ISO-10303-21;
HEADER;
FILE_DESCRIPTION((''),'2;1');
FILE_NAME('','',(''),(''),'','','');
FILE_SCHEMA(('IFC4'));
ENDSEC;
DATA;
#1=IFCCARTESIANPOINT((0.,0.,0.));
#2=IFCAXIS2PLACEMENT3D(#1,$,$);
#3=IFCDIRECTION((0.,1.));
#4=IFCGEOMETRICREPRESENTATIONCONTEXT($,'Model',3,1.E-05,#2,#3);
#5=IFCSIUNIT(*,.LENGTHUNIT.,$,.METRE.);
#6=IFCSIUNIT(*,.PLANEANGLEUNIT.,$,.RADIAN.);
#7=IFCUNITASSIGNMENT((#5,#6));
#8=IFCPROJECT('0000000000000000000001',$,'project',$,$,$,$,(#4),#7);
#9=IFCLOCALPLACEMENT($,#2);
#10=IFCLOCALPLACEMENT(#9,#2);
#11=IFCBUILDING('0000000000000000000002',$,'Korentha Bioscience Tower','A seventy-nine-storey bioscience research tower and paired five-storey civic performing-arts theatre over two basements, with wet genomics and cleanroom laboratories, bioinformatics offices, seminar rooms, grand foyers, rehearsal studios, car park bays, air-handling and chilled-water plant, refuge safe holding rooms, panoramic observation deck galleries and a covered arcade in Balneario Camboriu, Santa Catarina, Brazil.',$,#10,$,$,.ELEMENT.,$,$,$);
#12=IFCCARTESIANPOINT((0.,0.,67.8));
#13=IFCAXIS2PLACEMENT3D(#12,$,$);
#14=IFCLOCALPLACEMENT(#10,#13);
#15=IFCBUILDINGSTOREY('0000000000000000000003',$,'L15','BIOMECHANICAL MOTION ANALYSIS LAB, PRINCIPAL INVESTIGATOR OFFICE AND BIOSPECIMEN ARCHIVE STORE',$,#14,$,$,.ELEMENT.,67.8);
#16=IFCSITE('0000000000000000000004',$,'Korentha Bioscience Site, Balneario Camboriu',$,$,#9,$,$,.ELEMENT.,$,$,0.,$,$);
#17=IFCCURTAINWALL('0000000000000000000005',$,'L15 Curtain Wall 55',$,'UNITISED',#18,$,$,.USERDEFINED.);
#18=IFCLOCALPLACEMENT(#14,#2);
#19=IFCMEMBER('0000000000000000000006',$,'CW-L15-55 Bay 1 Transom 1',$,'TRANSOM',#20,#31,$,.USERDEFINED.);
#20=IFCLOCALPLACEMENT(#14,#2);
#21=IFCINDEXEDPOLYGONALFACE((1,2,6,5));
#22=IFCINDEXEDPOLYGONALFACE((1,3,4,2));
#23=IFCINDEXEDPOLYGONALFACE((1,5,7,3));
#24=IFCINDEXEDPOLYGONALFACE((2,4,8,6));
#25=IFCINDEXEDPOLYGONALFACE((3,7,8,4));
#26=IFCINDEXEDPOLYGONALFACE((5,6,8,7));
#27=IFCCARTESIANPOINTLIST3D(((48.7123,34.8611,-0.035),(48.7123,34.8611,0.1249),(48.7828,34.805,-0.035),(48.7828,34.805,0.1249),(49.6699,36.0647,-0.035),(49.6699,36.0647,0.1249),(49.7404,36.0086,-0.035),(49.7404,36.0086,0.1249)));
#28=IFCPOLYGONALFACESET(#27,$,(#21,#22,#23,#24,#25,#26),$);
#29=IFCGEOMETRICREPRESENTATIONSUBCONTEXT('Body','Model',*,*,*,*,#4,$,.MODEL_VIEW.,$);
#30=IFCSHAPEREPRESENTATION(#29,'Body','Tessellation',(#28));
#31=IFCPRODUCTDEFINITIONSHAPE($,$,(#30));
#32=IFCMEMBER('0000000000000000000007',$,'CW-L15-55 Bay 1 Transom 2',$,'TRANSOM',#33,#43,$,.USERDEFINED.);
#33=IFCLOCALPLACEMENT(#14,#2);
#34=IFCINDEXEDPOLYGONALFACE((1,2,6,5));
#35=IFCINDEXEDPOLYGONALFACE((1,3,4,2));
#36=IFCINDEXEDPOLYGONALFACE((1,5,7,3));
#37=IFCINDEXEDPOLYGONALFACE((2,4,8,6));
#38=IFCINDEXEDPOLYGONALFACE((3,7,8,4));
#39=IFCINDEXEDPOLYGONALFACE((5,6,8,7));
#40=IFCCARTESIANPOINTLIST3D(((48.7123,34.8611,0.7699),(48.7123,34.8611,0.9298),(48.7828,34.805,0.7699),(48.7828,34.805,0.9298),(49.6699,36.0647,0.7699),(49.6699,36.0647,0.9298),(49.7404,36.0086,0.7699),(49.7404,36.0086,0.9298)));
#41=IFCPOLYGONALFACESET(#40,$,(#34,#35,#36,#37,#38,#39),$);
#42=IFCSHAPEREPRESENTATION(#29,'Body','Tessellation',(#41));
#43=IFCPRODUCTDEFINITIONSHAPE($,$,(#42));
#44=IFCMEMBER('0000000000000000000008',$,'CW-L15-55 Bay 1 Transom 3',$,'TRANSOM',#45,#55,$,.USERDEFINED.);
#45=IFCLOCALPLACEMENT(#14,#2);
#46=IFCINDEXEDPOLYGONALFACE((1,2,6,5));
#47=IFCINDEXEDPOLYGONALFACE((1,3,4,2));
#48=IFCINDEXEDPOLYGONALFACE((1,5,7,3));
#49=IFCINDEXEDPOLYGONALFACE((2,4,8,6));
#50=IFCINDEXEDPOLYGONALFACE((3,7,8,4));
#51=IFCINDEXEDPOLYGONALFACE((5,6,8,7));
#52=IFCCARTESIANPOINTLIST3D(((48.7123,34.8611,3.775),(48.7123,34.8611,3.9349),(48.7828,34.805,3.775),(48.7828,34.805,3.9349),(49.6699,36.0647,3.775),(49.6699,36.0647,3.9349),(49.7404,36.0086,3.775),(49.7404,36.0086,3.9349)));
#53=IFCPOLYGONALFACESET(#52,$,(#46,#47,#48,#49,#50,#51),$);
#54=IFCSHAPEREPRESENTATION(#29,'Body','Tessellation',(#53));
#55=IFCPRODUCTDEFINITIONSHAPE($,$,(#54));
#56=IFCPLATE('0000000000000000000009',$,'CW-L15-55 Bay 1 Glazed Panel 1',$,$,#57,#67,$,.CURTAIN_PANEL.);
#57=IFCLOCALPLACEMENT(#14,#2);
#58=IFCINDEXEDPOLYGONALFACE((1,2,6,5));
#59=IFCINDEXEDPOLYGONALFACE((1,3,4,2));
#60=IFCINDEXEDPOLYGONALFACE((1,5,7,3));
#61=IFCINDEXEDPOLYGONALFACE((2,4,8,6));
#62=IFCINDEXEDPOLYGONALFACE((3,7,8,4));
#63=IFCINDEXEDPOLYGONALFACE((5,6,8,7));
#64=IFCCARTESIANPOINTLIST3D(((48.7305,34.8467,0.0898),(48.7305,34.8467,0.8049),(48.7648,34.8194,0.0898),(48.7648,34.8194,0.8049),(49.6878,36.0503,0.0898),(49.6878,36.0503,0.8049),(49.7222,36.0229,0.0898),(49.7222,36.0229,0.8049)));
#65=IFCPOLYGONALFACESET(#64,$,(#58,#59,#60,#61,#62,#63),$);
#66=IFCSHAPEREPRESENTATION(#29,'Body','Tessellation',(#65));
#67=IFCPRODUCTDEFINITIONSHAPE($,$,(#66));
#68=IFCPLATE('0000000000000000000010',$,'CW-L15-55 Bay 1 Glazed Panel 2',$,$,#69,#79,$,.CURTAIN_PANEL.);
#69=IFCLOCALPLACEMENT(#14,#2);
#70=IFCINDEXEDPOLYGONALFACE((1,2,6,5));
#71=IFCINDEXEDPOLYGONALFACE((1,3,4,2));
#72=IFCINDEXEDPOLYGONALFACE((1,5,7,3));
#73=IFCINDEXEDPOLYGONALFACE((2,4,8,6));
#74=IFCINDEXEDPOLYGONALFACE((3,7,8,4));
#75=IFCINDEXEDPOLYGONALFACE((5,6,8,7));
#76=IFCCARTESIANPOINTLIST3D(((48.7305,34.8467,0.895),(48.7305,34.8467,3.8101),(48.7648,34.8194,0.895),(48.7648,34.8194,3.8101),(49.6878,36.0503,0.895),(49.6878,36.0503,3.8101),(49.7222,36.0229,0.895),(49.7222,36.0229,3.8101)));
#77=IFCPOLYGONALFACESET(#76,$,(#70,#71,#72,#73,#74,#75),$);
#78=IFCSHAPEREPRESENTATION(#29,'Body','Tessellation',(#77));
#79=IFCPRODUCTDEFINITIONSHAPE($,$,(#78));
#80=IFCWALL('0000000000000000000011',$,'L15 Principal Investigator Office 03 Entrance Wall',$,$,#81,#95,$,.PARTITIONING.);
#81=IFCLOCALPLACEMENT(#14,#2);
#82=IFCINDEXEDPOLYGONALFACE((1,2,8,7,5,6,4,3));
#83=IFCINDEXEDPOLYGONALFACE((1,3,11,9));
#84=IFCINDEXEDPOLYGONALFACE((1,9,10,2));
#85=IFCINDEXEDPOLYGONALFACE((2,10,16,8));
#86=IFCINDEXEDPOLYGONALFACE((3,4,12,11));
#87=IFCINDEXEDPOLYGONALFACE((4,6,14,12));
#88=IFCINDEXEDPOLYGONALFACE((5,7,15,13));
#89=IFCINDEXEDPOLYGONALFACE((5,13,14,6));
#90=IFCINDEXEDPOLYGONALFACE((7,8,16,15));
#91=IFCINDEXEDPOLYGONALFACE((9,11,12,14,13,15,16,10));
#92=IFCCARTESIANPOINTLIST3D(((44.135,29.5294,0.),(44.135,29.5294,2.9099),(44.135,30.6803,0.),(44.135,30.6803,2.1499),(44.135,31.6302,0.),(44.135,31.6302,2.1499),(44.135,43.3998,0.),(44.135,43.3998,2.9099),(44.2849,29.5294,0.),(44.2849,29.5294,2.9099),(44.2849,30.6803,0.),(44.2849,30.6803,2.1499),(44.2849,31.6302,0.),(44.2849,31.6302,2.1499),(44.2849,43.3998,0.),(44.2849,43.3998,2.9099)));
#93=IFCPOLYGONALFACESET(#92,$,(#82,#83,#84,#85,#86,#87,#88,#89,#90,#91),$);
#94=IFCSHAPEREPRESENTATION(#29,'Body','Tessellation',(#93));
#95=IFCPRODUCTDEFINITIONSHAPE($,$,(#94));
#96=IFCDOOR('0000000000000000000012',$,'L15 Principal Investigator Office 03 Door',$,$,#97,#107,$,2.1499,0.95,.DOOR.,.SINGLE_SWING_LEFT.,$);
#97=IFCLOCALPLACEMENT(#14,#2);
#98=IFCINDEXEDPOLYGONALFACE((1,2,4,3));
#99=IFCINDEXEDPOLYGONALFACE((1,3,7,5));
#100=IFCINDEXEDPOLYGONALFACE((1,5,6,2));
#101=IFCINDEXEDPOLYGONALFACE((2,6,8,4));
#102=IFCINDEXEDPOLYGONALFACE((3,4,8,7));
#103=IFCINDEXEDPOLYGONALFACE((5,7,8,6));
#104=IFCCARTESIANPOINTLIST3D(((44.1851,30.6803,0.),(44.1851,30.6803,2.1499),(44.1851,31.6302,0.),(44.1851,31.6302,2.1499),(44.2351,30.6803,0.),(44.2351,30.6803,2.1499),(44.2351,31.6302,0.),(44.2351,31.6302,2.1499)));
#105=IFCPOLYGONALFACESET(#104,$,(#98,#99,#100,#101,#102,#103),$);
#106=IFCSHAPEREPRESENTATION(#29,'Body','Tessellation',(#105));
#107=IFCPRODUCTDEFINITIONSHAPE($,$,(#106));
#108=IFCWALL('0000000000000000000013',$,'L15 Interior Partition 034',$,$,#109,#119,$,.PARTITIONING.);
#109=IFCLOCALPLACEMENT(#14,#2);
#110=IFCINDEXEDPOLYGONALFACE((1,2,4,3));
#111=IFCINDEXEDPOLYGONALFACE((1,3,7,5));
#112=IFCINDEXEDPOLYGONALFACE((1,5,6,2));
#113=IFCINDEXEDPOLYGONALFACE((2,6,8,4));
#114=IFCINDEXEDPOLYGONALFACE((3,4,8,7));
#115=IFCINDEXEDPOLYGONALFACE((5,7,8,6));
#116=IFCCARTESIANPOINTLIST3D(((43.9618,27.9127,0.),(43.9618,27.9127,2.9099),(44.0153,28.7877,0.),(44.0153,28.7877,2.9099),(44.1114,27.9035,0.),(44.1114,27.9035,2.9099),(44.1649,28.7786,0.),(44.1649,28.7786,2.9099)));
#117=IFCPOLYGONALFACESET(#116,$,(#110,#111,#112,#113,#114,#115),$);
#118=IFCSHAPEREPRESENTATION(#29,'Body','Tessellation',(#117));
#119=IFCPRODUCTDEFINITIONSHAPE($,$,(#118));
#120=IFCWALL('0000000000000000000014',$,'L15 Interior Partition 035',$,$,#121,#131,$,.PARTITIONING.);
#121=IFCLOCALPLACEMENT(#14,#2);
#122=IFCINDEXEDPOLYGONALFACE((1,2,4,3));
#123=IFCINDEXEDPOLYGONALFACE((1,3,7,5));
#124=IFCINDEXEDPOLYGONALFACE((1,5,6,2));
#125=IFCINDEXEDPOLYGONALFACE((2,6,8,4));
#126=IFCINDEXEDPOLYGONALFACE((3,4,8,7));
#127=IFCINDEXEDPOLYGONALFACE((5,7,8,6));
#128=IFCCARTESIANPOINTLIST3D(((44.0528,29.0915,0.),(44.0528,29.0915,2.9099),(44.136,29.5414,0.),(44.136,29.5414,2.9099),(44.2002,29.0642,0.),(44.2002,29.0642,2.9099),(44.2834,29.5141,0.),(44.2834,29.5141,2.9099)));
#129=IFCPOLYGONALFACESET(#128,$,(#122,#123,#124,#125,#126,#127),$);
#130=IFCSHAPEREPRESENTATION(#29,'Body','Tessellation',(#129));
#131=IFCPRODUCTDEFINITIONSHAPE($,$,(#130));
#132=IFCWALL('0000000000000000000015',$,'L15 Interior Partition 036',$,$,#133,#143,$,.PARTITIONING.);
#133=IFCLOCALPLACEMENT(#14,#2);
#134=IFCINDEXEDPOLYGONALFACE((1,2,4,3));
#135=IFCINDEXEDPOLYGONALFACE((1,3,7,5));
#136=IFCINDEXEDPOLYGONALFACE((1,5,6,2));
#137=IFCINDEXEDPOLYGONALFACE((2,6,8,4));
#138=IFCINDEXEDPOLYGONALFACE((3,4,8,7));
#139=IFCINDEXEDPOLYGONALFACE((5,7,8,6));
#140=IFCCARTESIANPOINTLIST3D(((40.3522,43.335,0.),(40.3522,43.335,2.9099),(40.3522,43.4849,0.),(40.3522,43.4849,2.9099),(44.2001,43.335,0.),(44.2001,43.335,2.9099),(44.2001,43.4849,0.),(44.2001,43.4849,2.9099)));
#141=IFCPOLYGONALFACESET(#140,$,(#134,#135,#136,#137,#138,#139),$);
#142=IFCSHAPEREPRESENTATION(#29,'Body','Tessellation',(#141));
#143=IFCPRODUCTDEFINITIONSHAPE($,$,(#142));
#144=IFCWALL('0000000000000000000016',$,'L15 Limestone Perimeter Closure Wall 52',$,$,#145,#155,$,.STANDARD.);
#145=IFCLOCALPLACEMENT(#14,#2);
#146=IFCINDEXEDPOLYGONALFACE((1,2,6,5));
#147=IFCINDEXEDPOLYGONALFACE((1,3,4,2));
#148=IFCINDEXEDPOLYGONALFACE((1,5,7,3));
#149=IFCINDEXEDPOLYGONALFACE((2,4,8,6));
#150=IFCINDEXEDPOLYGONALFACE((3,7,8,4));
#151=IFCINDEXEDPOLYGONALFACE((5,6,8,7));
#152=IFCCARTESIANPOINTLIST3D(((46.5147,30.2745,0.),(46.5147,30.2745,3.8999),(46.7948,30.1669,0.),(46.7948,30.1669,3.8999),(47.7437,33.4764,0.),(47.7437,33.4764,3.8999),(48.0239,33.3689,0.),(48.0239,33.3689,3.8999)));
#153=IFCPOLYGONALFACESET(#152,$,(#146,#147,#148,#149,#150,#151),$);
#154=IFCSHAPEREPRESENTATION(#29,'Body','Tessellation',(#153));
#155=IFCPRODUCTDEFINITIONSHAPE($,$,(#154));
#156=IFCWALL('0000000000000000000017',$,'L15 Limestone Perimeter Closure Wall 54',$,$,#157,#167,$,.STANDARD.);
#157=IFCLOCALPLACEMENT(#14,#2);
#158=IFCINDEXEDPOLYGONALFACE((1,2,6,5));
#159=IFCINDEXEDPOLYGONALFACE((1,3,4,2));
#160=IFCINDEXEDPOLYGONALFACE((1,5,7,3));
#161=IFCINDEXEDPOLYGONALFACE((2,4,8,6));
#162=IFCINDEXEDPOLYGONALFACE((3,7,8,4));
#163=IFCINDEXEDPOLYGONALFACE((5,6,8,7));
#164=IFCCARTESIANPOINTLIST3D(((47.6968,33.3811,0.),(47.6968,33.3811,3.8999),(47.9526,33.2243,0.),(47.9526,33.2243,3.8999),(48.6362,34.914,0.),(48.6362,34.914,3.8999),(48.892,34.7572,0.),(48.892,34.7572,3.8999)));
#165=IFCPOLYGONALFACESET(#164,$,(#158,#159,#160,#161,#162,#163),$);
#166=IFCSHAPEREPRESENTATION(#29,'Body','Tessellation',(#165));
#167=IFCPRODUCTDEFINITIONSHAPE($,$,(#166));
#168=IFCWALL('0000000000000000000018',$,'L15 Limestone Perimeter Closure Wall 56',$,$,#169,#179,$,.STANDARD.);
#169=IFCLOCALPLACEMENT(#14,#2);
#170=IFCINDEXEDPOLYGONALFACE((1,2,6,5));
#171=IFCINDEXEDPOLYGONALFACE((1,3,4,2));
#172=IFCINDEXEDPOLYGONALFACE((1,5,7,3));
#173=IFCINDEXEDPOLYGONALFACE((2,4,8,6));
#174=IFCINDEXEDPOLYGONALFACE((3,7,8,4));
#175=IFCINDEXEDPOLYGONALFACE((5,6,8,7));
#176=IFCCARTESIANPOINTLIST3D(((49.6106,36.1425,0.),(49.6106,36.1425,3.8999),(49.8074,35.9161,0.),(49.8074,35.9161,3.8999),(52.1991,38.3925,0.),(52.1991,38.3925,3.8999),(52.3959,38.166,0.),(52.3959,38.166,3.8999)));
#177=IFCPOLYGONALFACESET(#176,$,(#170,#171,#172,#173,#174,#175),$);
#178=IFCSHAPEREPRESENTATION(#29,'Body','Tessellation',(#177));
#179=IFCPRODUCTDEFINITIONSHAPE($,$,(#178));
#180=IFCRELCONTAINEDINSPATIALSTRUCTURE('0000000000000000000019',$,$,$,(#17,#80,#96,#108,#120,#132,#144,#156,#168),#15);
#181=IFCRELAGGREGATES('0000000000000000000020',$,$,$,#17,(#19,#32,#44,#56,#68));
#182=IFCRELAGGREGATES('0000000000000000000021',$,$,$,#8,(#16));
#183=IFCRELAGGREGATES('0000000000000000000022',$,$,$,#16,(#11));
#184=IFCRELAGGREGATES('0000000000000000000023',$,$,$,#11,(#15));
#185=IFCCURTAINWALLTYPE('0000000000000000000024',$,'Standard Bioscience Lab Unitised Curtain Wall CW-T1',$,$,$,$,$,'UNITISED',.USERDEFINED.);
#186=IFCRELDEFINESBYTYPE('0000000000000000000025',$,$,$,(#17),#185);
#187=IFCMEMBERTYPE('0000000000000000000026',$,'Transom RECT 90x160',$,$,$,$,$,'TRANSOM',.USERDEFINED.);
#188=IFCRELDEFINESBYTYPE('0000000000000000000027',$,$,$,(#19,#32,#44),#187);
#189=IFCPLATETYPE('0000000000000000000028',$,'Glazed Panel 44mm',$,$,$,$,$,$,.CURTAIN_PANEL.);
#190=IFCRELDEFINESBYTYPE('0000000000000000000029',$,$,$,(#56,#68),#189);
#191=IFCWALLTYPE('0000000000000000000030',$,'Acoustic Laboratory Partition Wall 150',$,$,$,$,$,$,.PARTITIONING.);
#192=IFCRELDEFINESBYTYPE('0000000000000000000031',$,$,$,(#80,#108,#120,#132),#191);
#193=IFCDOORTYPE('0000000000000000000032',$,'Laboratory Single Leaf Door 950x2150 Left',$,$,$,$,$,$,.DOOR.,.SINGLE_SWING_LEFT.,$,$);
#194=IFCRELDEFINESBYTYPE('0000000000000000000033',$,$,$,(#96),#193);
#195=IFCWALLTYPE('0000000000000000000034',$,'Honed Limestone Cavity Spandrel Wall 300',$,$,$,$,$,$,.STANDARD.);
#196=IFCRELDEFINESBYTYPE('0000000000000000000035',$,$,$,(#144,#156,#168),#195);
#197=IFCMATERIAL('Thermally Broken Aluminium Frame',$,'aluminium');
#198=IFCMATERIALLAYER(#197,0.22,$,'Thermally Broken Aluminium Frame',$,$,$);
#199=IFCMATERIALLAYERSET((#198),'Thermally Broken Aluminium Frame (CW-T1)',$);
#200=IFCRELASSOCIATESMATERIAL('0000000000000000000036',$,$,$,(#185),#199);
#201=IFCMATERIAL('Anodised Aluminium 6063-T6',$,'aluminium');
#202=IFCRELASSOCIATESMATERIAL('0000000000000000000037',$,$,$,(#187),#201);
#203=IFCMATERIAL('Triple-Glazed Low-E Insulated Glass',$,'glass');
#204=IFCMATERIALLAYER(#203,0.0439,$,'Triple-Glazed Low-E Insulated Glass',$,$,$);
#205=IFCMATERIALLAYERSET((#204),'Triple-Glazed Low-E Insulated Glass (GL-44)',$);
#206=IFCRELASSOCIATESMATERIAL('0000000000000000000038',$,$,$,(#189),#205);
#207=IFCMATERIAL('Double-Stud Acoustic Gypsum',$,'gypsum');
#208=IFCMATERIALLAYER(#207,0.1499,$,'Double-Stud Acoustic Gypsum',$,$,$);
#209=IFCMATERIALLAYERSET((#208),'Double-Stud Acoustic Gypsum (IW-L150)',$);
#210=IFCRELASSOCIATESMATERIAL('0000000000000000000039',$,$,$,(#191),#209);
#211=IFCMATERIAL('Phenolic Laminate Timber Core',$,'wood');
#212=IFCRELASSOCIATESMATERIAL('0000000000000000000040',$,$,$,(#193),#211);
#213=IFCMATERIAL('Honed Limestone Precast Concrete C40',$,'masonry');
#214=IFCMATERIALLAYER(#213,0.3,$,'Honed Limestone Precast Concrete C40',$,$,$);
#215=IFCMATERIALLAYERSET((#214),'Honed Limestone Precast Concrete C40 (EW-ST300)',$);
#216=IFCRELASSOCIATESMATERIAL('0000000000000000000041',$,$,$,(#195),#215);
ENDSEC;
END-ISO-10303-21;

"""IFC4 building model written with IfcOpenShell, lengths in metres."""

from ifc_helpers import new_model, si_unit, direction, frame, frame_2d, origin, origin_2d, place, context, subcontext, project, spatial, rectangle, extrude, material, layer, layer_set, material_profile, profile_set, type_object, element, fill, aggregate, save


model = new_model("IFC4")

# Units and contexts
model_context = context("Model", 3, precision=1e-05, world=origin(), true_north=direction((0.0, 1.0)))
body_context = subcontext(model_context, "Body", "Model", "MODEL_VIEW")
ifc_project = project(units=[si_unit("LENGTHUNIT", "METRE"), si_unit("PLANEANGLEUNIT", "RADIAN")], contexts=[model_context])

# Site, building, storey
site_placement = place(None, origin())
site = spatial("IfcSite", under=ifc_project, at=site_placement, Name="Korentha Bioscience Site, Balneario Camboriu", CompositionType="ELEMENT", RefElevation=0.0)
building_placement = place(site_placement, origin())
building = spatial("IfcBuilding", under=site, at=building_placement, Name="Korentha Bioscience Tower", Description="A seventy-nine-storey bioscience research tower and paired five-storey civic performing-arts theatre over two basements, with wet genomics and cleanroom laboratories, bioinformatics offices, seminar rooms, grand foyers, rehearsal studios, car park bays, air-handling and chilled-water plant, refuge safe holding rooms, panoramic observation deck galleries and a covered arcade in Balneario Camboriu, Santa Catarina, Brazil.", CompositionType="ELEMENT")
storey_placement = place(building_placement, frame((0.0, 0.0, 67.8)))
storey = spatial("IfcBuildingStorey", under=building, at=storey_placement, Name="L15", Description="BIOMECHANICAL MOTION ANALYSIS LAB, PRINCIPAL INVESTIGATOR OFFICE AND BIOSPECIMEN ARCHIVE STORE", CompositionType="ELEMENT", Elevation=67.8)

# Shared definitions
ifc_material_1 = material(Name="Thermally Broken Aluminium Frame", Category="aluminium")
ifc_layer_1 = layer(ifc_material_1, 0.22, Name="Thermally Broken Aluminium Frame")
ifc_layer_set_1 = layer_set([ifc_layer_1], Name="Thermally Broken Aluminium Frame (CW-T1)")
curtain_wall_type = type_object("IfcCurtainWallType", Name="Standard Bioscience Lab Unitised Curtain Wall CW-T1", ElementType="UNITISED", PredefinedType="USERDEFINED", material=ifc_layer_set_1)
ifc_material_2 = material(Name="Anodised Aluminium 6063-T6", Category="aluminium")

# Curtain wall
curtain_wall_1_placement = place(storey_placement, origin())
curtain_wall_1 = element("IfcCurtainWall", 1, at=curtain_wall_1_placement, inside=storey, type_object=curtain_wall_type, Name="L15 Curtain Wall 55", ObjectType="UNITISED", PredefinedType="USERDEFINED")

# Members
ifc_material_profile_1 = material_profile(ifc_material_2, rectangle(XDim=0.0901, YDim=0.1599, at=origin_2d()), Name="Anodised Aluminium 6063-T6")
ifc_profile_set_1 = profile_set([ifc_material_profile_1], Name="Anodised Aluminium 6063-T6 (CW-TRN)")
member_type_1 = type_object("IfcMemberType", Name="Transom RECT 90x160", ElementType="TRANSOM", PredefinedType="USERDEFINED", material=ifc_profile_set_1)
member_1_placement = place(storey_placement, frame((48.7476, 34.833, 0.0449), z_axis=(0.622563, 0.782569, 0.0), x_axis=(-0.782569, 0.622563, 0.0)))
member_1 = element("IfcMember", 2, at=member_1_placement, type_object=member_type_1, Name="CW-L15-55 Bay 1 Transom 1", ObjectType="TRANSOM", PredefinedType="USERDEFINED", context=body_context, shape_type="SweptSolid", body=[
    extrude(rectangle(XDim=0.0901, YDim=0.1599, at=origin_2d()), origin(), (0.0, 0.0, 1.0), 1.5381),
])
member_2_placement = place(storey_placement, frame((48.7476, 34.833, 0.8499), z_axis=(0.622563, 0.782569, 0.0), x_axis=(-0.782569, 0.622563, 0.0)))
member_2 = element("IfcMember", 3, at=member_2_placement, type_object=member_type_1, Name="CW-L15-55 Bay 1 Transom 2", ObjectType="TRANSOM", PredefinedType="USERDEFINED", context=body_context, shape_type="SweptSolid", body=[
    extrude(rectangle(XDim=0.0901, YDim=0.1599, at=origin_2d()), origin(), (0.0, 0.0, 1.0), 1.5381),
])
member_3_placement = place(storey_placement, frame((48.7476, 34.833, 3.855), z_axis=(0.622563, 0.782569, 0.0), x_axis=(-0.782569, 0.622563, 0.0)))
member_3 = element("IfcMember", 4, at=member_3_placement, type_object=member_type_1, Name="CW-L15-55 Bay 1 Transom 3", ObjectType="TRANSOM", PredefinedType="USERDEFINED", context=body_context, shape_type="SweptSolid", body=[
    extrude(rectangle(XDim=0.0901, YDim=0.1599, at=origin_2d()), origin(), (0.0, 0.0, 1.0), 1.5381),
])

# Plates
ifc_material_3 = material(Name="Triple-Glazed Low-E Insulated Glass", Category="glass")
ifc_layer_2 = layer(ifc_material_3, 0.0439, Name="Triple-Glazed Low-E Insulated Glass")
ifc_layer_set_2 = layer_set([ifc_layer_2], Name="Triple-Glazed Low-E Insulated Glass (GL-44)")
plate_type = type_object("IfcPlateType", Name="Glazed Panel 44mm", PredefinedType="CURTAIN_PANEL", material=ifc_layer_set_2)
plate_1_placement = place(storey_placement, frame((49.2263, 35.4348, 0.0898), z_axis=(0.0, 0.0, 1.0), x_axis=(0.62252, 0.782604, 0.0)))
plate_1 = element("IfcPlate", 5, at=plate_1_placement, type_object=plate_type, Name="CW-L15-55 Bay 1 Glazed Panel 1", PredefinedType="CURTAIN_PANEL", context=body_context, shape_type="SweptSolid", body=[
    extrude(rectangle(XDim=1.5378, YDim=0.0439, at=origin_2d()), origin(), (0.0, 0.0, 1.0), 0.7151),
])
plate_2_placement = place(storey_placement, frame((49.2263, 35.4348, 0.895), z_axis=(0.0, 0.0, 1.0), x_axis=(0.62252, 0.782604, 0.0)))
plate_2 = element("IfcPlate", 6, at=plate_2_placement, type_object=plate_type, Name="CW-L15-55 Bay 1 Glazed Panel 2", PredefinedType="CURTAIN_PANEL", context=body_context, shape_type="SweptSolid", body=[
    extrude(rectangle(XDim=1.5378, YDim=0.0439, at=origin_2d()), origin(), (0.0, 0.0, 1.0), 2.915),
])
aggregate(curtain_wall_1, [member_1, member_2, member_3, plate_1, plate_2])

# Wall, opening, door
ifc_material_4 = material(Name="Double-Stud Acoustic Gypsum", Category="gypsum")
ifc_layer_3 = layer(ifc_material_4, 0.1499, Name="Double-Stud Acoustic Gypsum")
ifc_layer_set_3 = layer_set([ifc_layer_3], Name="Double-Stud Acoustic Gypsum (IW-L150)")
wall_type_1 = type_object("IfcWallType", Name="Acoustic Laboratory Partition Wall 150", PredefinedType="PARTITIONING", material=ifc_layer_set_3)
wall_1_placement = place(storey_placement, frame((44.21, 29.5295, 0.0), z_axis=(0.0, 0.0, 1.0), x_axis=(0.0, 1.0, 0.0)))
wall_1 = element("IfcWall", 7, at=wall_1_placement, inside=storey, type_object=wall_type_1, Name="L15 Principal Investigator Office 03 Entrance Wall", PredefinedType="PARTITIONING", context=body_context, shape_type="SweptSolid", body=[
    extrude(rectangle(XDim=13.8704, YDim=0.1499, at=frame_2d((6.9351, 0.0))), origin(), (0.0, 0.0, 1.0), 2.9099),
])
opening_placement = place(wall_1_placement, frame((1.1506, 0.0, 0.0)))
opening = element("IfcOpeningElement", 8, at=opening_placement, cuts=wall_1, PredefinedType="OPENING", context=body_context, shape_type="SweptSolid", body=[
    extrude(rectangle(XDim=0.95, YDim=2.1499, at=frame_2d((0.4751, 1.075))), frame((0.0, 0.0898, 0.0), z_axis=(0.0, -1.0, 0.0), x_axis=(1.0, 0.0, 0.0)), (0.0, 0.0, 1.0), 0.1797),
])
ifc_material_5 = material(Name="Phenolic Laminate Timber Core", Category="wood")
door_type = type_object("IfcDoorType", Name="Laboratory Single Leaf Door 950x2150 Left", OperationType="SINGLE_SWING_LEFT", PredefinedType="DOOR", material=ifc_material_5)
door_placement = place(opening_placement, origin())
door = element("IfcDoor", 9, at=door_placement, inside=storey, type_object=door_type, Name="L15 Principal Investigator Office 03 Door", OperationType="SINGLE_SWING_LEFT", OverallHeight=2.1499, OverallWidth=0.95, PredefinedType="DOOR", context=body_context, shape_type="SweptSolid", body=[
    extrude(rectangle(XDim=0.95, YDim=2.1499, at=frame_2d((0.4751, 1.075))), frame((0.0, 0.0249, 0.0), z_axis=(0.0, -1.0, 0.0), x_axis=(1.0, 0.0, 0.0)), (0.0, 0.0, 1.0), 0.05),
])
fill(opening, door)

# Walls
wall_2_placement = place(storey_placement, frame((44.0366, 27.908, 0.0), z_axis=(0.0, 0.0, 1.0), x_axis=(0.060991, 0.998138, 0.0)))
element("IfcWall", 10, at=wall_2_placement, inside=storey, type_object=wall_type_1, Name="L15 Interior Partition 034", PredefinedType="PARTITIONING", context=body_context, shape_type="SweptSolid", body=[
    extrude(rectangle(XDim=0.8767, YDim=0.1499, at=frame_2d((0.4385, 0.0))), origin(), (0.0, 0.0, 1.0), 2.9099),
])
wall_3_placement = place(storey_placement, frame((44.1265, 29.0779, 0.0), z_axis=(0.0, 0.0, 1.0), x_axis=(0.181936, 0.98331, 0.0)))
element("IfcWall", 11, at=wall_3_placement, inside=storey, type_object=wall_type_1, Name="L15 Interior Partition 035", PredefinedType="PARTITIONING", context=body_context, shape_type="SweptSolid", body=[
    extrude(rectangle(XDim=0.4575, YDim=0.1499, at=frame_2d((0.2288, 0.0))), origin(), (0.0, 0.0, 1.0), 2.9099),
])
wall_4_placement = place(storey_placement, frame((44.2, 43.4099, 0.0), z_axis=(0.0, 0.0, 1.0), x_axis=(-1.0, 0.0, 0.0)))
element("IfcWall", 12, at=wall_4_placement, inside=storey, type_object=wall_type_1, Name="L15 Interior Partition 036", PredefinedType="PARTITIONING", context=body_context, shape_type="SweptSolid", body=[
    extrude(rectangle(XDim=3.8479, YDim=0.1499, at=frame_2d((1.9238, 0.0))), origin(), (0.0, 0.0, 1.0), 2.9099),
])
ifc_material_6 = material(Name="Honed Limestone Precast Concrete C40", Category="masonry")
ifc_layer_4 = layer(ifc_material_6, 0.3, Name="Honed Limestone Precast Concrete C40")
ifc_layer_set_4 = layer_set([ifc_layer_4], Name="Honed Limestone Precast Concrete C40 (EW-ST300)")
wall_type_2 = type_object("IfcWallType", Name="Honed Limestone Cavity Spandrel Wall 300", PredefinedType="STANDARD", material=ifc_layer_set_4)
wall_5_placement = place(storey_placement, frame((46.6548, 30.2207, 0.0), z_axis=(0.0, 0.0, 1.0), x_axis=(0.358345, 0.933589, 0.0)))
element("IfcWall", 13, at=wall_5_placement, inside=storey, type_object=wall_type_2, Name="L15 Limestone Perimeter Closure Wall 52", PredefinedType="STANDARD", context=body_context, shape_type="SweptSolid", body=[
    extrude(rectangle(XDim=3.4297, YDim=0.3, at=frame_2d((1.7148, 0.0))), origin(), (0.0, 0.0, 1.0), 3.8999),
])
wall_6_placement = place(storey_placement, frame((47.8247, 33.3027, 0.0), z_axis=(0.0, 0.0, 1.0), x_axis=(0.522521, 0.852627, 0.0)))
element("IfcWall", 14, at=wall_6_placement, inside=storey, type_object=wall_type_2, Name="L15 Limestone Perimeter Closure Wall 54", PredefinedType="STANDARD", context=body_context, shape_type="SweptSolid", body=[
    extrude(rectangle(XDim=1.7979, YDim=0.3, at=frame_2d((0.8989, 0.0))), origin(), (0.0, 0.0, 1.0), 3.8999),
])
wall_7_placement = place(storey_placement, frame((49.709, 36.0293, 0.0), z_axis=(0.0, 0.0, 1.0), x_axis=(0.754746, 0.656017, 0.0)))
element("IfcWall", 15, at=wall_7_placement, inside=storey, type_object=wall_type_2, Name="L15 Limestone Perimeter Closure Wall 56", PredefinedType="STANDARD", context=body_context, shape_type="SweptSolid", body=[
    extrude(rectangle(XDim=3.4297, YDim=0.3, at=frame_2d((1.7148, 0.0))), origin(), (0.0, 0.0, 1.0), 3.8999),
])

save(model, "model.ifc")
